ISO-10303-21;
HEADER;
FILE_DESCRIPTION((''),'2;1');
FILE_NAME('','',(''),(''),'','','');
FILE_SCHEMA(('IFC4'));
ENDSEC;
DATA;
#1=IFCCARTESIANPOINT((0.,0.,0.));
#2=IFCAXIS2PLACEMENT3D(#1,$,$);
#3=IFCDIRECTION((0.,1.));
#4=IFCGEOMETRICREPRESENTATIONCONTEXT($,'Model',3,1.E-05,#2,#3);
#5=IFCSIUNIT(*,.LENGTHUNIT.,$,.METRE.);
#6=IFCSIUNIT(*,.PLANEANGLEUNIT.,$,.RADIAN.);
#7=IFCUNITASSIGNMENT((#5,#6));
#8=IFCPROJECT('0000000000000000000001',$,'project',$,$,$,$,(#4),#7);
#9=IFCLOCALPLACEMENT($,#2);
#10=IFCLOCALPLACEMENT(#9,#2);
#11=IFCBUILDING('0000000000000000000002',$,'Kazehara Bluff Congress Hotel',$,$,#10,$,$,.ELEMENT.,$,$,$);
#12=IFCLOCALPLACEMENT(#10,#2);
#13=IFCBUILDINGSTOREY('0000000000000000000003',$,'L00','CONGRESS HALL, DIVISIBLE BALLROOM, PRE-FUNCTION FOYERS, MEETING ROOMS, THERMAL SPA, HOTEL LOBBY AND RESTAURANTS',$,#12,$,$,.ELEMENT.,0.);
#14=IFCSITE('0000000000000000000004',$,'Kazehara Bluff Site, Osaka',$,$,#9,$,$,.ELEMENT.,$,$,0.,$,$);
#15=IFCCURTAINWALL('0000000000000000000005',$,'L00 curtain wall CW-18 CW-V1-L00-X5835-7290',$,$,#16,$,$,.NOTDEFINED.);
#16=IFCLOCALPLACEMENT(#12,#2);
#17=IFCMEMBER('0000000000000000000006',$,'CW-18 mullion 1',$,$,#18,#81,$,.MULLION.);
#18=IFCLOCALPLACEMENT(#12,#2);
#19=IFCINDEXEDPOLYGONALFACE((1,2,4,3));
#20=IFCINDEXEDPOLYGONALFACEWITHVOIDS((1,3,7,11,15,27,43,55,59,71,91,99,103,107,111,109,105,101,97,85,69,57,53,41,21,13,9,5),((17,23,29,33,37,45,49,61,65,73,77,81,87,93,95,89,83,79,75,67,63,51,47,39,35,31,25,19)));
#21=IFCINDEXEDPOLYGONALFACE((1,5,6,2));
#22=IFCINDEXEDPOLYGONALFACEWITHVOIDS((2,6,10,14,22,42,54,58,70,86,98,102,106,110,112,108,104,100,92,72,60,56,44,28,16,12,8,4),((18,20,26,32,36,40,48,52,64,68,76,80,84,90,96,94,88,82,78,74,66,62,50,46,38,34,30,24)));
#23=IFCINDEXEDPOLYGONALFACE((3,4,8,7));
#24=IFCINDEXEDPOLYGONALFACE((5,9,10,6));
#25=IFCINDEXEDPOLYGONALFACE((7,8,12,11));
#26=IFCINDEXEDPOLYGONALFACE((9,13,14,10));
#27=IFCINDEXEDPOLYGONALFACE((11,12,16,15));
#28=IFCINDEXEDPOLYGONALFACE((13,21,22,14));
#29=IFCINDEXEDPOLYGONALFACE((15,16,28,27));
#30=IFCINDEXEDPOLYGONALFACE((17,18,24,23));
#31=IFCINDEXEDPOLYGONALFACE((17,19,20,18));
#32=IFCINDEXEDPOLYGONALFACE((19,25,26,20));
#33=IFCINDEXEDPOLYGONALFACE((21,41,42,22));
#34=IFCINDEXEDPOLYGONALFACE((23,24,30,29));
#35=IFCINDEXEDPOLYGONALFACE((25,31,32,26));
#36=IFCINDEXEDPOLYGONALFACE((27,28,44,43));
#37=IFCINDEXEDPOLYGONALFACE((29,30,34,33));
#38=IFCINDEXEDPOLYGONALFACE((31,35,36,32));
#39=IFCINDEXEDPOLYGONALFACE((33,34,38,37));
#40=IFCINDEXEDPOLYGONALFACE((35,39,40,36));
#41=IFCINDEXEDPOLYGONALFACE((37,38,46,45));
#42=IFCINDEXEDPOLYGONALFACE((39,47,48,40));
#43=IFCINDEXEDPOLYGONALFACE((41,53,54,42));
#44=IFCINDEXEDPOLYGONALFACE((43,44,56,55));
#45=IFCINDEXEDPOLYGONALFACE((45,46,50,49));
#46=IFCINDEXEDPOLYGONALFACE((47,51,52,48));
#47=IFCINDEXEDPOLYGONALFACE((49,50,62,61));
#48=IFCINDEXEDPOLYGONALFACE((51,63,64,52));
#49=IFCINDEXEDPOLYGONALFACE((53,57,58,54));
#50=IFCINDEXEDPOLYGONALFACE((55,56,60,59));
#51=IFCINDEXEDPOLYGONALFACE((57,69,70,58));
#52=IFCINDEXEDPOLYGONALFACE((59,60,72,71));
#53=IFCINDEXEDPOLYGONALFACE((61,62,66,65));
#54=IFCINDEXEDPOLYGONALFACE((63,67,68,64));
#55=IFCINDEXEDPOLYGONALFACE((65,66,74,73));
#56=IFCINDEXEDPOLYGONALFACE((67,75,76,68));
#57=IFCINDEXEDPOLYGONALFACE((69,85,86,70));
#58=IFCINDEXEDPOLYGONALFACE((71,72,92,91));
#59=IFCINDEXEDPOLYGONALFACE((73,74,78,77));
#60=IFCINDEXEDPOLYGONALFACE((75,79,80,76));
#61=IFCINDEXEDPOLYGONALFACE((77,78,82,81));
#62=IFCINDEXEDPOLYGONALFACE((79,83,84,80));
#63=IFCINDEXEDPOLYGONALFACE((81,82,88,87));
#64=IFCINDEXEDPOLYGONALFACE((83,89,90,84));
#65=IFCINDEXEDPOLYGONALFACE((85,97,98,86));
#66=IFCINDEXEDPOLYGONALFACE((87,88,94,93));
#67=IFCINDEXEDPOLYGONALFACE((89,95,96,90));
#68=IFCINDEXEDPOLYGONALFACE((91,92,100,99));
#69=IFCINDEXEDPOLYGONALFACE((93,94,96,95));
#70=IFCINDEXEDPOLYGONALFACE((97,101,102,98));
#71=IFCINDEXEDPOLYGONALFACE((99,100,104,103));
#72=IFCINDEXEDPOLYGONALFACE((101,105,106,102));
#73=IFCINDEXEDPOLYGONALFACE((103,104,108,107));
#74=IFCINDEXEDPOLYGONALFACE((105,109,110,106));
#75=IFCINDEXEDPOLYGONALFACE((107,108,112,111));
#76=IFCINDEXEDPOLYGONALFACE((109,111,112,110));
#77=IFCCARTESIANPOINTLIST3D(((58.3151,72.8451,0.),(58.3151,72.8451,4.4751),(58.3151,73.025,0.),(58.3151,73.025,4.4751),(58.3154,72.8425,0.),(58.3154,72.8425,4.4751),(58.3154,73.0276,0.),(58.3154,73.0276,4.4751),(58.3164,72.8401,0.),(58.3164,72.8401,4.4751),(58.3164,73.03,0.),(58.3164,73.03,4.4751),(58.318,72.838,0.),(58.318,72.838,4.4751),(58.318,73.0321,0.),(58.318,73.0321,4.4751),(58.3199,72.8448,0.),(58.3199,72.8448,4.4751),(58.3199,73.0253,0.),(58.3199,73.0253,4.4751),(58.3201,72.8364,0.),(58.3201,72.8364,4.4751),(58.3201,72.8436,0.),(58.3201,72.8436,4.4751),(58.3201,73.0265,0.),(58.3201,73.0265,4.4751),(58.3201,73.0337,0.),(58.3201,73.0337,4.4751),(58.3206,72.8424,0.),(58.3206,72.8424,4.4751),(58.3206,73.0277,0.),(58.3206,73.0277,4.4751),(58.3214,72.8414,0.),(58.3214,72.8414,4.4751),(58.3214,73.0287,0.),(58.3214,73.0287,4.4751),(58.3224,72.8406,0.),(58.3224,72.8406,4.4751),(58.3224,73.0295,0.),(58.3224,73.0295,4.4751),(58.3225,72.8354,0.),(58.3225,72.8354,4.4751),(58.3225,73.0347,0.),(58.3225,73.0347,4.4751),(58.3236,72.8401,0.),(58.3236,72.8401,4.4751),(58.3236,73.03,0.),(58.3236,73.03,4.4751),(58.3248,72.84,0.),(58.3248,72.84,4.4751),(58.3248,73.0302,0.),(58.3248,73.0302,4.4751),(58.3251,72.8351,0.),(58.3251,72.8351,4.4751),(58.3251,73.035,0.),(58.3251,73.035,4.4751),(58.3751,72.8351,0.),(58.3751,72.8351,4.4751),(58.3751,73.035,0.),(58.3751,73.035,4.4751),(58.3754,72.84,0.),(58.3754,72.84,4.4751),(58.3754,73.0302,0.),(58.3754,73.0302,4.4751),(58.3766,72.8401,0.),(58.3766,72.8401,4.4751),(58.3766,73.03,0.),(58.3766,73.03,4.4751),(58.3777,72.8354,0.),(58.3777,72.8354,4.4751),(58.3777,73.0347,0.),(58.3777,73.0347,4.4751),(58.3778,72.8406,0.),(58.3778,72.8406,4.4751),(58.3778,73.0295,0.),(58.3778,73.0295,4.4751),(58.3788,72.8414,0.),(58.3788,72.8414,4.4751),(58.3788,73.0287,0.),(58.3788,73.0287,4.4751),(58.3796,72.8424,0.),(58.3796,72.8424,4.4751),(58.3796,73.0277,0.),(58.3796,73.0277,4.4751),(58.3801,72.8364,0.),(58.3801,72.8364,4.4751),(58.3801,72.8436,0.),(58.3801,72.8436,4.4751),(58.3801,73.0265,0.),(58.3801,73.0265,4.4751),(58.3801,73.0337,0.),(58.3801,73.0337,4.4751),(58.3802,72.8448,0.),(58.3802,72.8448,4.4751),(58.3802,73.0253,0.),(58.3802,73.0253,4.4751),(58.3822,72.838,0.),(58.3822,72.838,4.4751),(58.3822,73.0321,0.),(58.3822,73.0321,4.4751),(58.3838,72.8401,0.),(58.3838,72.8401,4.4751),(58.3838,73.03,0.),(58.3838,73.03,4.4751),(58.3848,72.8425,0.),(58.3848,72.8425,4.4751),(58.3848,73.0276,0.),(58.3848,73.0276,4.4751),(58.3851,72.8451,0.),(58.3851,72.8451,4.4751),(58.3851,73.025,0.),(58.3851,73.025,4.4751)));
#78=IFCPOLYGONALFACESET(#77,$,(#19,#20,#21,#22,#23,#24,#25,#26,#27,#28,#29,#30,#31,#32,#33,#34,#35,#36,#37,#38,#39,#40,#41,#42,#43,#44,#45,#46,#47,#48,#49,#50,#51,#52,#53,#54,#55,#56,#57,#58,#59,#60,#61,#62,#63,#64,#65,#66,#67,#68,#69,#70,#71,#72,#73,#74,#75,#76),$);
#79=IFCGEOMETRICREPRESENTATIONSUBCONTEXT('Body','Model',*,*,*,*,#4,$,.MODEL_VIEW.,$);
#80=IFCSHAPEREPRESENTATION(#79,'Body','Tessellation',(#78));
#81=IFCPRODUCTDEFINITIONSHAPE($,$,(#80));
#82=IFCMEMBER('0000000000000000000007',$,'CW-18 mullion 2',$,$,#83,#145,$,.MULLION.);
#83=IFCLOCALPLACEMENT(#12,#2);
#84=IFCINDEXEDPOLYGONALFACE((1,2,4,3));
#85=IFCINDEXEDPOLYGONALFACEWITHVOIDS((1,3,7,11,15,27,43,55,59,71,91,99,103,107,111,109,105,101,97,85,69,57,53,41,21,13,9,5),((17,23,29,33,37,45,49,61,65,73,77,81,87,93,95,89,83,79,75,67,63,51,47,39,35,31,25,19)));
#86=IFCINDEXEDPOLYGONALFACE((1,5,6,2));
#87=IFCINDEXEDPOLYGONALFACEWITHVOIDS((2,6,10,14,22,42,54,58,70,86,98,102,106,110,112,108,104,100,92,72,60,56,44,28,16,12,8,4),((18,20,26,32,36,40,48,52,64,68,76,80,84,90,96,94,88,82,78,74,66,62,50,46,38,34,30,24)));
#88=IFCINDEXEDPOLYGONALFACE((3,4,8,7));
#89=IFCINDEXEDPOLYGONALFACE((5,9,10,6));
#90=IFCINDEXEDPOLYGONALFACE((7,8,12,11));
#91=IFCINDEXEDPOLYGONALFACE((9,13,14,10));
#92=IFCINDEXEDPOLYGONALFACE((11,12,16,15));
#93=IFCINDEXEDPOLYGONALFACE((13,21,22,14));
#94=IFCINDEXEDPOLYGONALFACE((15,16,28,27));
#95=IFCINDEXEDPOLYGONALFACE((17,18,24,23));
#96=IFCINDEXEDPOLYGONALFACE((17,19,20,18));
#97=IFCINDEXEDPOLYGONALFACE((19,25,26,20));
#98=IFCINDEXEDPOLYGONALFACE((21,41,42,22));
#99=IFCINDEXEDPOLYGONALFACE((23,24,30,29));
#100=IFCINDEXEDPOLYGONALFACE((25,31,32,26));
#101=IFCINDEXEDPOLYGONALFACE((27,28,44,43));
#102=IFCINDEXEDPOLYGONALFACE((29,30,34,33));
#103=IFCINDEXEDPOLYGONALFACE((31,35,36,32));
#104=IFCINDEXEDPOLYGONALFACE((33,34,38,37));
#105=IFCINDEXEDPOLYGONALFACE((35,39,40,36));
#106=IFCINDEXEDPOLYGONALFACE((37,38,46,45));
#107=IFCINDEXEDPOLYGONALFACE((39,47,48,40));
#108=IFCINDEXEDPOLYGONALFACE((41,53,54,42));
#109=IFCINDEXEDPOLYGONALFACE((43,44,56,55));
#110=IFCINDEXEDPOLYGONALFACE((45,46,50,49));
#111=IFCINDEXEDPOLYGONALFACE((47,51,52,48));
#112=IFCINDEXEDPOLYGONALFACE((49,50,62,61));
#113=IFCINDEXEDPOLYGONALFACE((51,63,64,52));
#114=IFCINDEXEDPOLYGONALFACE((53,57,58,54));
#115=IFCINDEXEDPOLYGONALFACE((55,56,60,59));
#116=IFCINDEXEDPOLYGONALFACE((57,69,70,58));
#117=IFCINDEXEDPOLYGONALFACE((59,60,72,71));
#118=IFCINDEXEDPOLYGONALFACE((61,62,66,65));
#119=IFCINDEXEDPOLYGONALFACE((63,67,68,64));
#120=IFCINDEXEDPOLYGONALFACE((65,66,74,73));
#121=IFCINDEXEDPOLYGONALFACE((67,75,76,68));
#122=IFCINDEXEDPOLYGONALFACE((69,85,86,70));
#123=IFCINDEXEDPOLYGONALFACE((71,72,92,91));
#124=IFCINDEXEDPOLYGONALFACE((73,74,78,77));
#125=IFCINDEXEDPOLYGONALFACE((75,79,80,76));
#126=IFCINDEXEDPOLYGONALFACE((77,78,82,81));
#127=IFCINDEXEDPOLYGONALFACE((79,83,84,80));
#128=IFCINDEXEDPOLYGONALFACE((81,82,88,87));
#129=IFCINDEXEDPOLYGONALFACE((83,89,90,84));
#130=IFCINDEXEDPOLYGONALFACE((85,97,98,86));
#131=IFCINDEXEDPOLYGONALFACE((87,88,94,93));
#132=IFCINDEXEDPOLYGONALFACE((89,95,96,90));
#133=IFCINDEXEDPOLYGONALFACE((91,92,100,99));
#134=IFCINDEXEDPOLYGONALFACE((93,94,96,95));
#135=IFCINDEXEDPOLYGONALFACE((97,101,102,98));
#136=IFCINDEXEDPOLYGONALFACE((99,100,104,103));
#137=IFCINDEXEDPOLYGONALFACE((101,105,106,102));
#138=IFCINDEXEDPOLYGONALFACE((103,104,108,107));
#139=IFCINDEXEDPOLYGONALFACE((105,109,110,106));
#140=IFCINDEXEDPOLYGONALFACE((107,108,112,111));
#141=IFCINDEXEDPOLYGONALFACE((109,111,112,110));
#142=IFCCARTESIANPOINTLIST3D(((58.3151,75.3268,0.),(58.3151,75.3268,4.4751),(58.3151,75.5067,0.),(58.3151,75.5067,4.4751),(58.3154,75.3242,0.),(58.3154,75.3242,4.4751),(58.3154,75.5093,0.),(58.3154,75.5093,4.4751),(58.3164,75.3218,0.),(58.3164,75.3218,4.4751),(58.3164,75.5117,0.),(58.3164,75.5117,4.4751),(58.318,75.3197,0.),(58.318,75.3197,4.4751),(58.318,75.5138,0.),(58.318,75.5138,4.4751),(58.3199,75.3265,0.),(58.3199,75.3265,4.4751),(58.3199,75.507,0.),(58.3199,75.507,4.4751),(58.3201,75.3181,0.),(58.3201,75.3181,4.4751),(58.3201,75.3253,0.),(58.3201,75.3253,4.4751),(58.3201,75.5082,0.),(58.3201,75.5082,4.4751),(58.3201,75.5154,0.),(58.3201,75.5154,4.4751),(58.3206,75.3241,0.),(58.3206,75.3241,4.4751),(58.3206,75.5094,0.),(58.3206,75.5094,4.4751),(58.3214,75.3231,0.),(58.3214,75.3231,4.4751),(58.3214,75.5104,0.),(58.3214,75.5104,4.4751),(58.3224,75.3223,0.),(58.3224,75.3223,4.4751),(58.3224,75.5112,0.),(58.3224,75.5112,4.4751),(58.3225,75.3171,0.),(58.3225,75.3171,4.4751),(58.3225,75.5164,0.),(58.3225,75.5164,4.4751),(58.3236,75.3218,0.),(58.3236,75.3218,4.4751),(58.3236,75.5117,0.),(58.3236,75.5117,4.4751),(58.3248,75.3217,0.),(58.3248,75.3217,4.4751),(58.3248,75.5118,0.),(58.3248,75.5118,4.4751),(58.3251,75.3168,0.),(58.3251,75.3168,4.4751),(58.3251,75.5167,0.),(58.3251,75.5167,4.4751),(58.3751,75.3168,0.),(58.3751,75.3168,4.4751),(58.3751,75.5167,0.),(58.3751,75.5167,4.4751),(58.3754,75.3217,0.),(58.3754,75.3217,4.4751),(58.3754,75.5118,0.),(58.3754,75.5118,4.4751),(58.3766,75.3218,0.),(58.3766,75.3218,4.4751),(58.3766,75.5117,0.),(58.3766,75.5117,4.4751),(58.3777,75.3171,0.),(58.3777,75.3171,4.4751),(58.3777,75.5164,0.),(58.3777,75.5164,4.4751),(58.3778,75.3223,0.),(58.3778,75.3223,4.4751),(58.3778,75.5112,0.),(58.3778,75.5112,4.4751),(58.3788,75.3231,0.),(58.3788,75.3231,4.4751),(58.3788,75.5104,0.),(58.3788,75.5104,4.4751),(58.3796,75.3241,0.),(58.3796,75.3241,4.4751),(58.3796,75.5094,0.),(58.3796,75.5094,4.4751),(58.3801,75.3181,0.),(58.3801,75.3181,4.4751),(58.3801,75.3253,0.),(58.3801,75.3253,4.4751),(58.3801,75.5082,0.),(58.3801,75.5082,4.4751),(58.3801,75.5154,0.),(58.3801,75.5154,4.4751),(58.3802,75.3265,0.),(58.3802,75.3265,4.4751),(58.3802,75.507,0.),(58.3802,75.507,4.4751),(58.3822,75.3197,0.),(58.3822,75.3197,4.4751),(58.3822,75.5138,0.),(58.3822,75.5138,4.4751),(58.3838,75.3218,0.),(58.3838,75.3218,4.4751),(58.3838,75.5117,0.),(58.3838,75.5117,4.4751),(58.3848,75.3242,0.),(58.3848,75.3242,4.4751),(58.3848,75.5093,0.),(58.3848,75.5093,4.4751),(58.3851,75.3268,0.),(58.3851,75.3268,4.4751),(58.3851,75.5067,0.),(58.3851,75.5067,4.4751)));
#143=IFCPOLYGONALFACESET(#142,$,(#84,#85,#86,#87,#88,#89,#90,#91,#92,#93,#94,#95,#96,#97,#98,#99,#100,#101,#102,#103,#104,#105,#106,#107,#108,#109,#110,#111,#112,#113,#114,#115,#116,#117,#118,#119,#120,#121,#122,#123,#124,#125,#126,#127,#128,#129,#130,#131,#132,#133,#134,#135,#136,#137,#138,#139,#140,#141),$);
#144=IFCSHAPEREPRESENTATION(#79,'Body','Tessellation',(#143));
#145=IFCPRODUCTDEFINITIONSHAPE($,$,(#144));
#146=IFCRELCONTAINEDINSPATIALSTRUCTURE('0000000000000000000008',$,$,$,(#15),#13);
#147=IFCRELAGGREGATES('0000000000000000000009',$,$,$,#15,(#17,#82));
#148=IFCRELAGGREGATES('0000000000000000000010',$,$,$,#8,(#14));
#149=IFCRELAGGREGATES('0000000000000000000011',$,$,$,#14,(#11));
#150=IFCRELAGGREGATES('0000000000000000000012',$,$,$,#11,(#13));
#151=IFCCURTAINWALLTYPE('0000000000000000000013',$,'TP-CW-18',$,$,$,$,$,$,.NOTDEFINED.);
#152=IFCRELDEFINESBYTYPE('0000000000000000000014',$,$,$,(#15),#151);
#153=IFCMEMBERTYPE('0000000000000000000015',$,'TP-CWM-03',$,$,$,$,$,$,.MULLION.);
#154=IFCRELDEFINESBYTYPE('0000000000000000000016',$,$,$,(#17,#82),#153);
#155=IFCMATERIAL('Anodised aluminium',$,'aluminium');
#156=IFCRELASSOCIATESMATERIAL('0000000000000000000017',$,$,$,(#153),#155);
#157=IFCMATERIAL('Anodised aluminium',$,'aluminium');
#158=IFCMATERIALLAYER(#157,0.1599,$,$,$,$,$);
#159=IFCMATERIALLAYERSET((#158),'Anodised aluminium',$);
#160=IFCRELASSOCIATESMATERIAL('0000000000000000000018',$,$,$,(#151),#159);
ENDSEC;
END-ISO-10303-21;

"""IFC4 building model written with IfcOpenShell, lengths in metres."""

from ifc_helpers import new_model, si_unit, direction, frame, origin, origin_2d, place, context, subcontext, project, spatial, hollow_rectangle, extrude, material, layer, layer_set, material_profile, profile_set, type_object, element, aggregate, save


model = new_model("IFC4")

# Units and contexts
model_context = context("Model", 3, precision=1e-05, world=origin(), true_north=direction((0.0, 1.0)))
body_context = subcontext(model_context, "Body", "Model", "MODEL_VIEW")
ifc_project = project(units=[si_unit("LENGTHUNIT", "METRE"), si_unit("PLANEANGLEUNIT", "RADIAN")], contexts=[model_context])

# Site, building, storey
site_placement = place(None, origin())
site = spatial("IfcSite", under=ifc_project, at=site_placement, Name="Kazehara Bluff Site, Osaka", CompositionType="ELEMENT", RefElevation=0.0)
building_placement = place(site_placement, origin())
building = spatial("IfcBuilding", under=site, at=building_placement, Name="Kazehara Bluff Congress Hotel", CompositionType="ELEMENT")
storey_placement = place(building_placement, origin())
storey = spatial("IfcBuildingStorey", under=building, at=storey_placement, Name="L00", Description="CONGRESS HALL, DIVISIBLE BALLROOM, PRE-FUNCTION FOYERS, MEETING ROOMS, THERMAL SPA, HOTEL LOBBY AND RESTAURANTS", CompositionType="ELEMENT", Elevation=0.0)

# Shared definitions
ifc_material_1 = material(Name="Anodised aluminium", Category="aluminium")
ifc_material_profile_1 = material_profile(ifc_material_1, hollow_rectangle(XDim=0.0701, YDim=0.2, WallThickness=0.0049, InnerFilletRadius=0.0049, OuterFilletRadius=0.01, at=origin_2d()))
ifc_profile_set_1 = profile_set([ifc_material_profile_1], Name="Anodised aluminium")
member_type_1 = type_object("IfcMemberType", Name="TP-CWM-03", PredefinedType="MULLION", material=ifc_profile_set_1)

# Curtain wall, members
ifc_material_2 = material(Name="Anodised aluminium", Category="aluminium")
ifc_layer_1 = layer(ifc_material_2, 0.1599)
ifc_layer_set_1 = layer_set([ifc_layer_1], Name="Anodised aluminium")
curtain_wall_type_1 = type_object("IfcCurtainWallType", Name="TP-CW-18", PredefinedType="NOTDEFINED", material=ifc_layer_set_1)
curtain_wall_1_placement = place(storey_placement, origin())
curtain_wall_1 = element("IfcCurtainWall", 1, at=curtain_wall_1_placement, inside=storey, type_object=curtain_wall_type_1, Name="L00 curtain wall CW-18 CW-V1-L00-X5835-7290", PredefinedType="NOTDEFINED")
member_1_placement = place(storey_placement, frame((58.3501, 72.9351, 0.0), z_axis=(0.0, 0.0, 1.0), x_axis=(-1.0, 0.0, 0.0)))
member_1 = element("IfcMember", 2, at=member_1_placement, type_object=member_type_1, Name="CW-18 mullion 1", PredefinedType="MULLION", context=body_context, shape_type="SweptSolid", body=[
    extrude(hollow_rectangle(XDim=0.0701, YDim=0.2, WallThickness=0.0049, InnerFilletRadius=0.0049, OuterFilletRadius=0.01, at=origin_2d()), origin(), (0.0, 0.0, 1.0), 4.4751),
])
member_2_placement = place(storey_placement, frame((58.3501, 75.4167, 0.0), z_axis=(0.0, 0.0, 1.0), x_axis=(-1.0, 0.0, 0.0)))
member_2 = element("IfcMember", 3, at=member_2_placement, type_object=member_type_1, Name="CW-18 mullion 2", PredefinedType="MULLION", context=body_context, shape_type="SweptSolid", body=[
    extrude(hollow_rectangle(XDim=0.0701, YDim=0.2, WallThickness=0.0049, InnerFilletRadius=0.0049, OuterFilletRadius=0.01, at=origin_2d()), origin(), (0.0, 0.0, 1.0), 4.4751),
])

aggregate(curtain_wall_1, [member_1, member_2])

save(model, "model.ifc")
